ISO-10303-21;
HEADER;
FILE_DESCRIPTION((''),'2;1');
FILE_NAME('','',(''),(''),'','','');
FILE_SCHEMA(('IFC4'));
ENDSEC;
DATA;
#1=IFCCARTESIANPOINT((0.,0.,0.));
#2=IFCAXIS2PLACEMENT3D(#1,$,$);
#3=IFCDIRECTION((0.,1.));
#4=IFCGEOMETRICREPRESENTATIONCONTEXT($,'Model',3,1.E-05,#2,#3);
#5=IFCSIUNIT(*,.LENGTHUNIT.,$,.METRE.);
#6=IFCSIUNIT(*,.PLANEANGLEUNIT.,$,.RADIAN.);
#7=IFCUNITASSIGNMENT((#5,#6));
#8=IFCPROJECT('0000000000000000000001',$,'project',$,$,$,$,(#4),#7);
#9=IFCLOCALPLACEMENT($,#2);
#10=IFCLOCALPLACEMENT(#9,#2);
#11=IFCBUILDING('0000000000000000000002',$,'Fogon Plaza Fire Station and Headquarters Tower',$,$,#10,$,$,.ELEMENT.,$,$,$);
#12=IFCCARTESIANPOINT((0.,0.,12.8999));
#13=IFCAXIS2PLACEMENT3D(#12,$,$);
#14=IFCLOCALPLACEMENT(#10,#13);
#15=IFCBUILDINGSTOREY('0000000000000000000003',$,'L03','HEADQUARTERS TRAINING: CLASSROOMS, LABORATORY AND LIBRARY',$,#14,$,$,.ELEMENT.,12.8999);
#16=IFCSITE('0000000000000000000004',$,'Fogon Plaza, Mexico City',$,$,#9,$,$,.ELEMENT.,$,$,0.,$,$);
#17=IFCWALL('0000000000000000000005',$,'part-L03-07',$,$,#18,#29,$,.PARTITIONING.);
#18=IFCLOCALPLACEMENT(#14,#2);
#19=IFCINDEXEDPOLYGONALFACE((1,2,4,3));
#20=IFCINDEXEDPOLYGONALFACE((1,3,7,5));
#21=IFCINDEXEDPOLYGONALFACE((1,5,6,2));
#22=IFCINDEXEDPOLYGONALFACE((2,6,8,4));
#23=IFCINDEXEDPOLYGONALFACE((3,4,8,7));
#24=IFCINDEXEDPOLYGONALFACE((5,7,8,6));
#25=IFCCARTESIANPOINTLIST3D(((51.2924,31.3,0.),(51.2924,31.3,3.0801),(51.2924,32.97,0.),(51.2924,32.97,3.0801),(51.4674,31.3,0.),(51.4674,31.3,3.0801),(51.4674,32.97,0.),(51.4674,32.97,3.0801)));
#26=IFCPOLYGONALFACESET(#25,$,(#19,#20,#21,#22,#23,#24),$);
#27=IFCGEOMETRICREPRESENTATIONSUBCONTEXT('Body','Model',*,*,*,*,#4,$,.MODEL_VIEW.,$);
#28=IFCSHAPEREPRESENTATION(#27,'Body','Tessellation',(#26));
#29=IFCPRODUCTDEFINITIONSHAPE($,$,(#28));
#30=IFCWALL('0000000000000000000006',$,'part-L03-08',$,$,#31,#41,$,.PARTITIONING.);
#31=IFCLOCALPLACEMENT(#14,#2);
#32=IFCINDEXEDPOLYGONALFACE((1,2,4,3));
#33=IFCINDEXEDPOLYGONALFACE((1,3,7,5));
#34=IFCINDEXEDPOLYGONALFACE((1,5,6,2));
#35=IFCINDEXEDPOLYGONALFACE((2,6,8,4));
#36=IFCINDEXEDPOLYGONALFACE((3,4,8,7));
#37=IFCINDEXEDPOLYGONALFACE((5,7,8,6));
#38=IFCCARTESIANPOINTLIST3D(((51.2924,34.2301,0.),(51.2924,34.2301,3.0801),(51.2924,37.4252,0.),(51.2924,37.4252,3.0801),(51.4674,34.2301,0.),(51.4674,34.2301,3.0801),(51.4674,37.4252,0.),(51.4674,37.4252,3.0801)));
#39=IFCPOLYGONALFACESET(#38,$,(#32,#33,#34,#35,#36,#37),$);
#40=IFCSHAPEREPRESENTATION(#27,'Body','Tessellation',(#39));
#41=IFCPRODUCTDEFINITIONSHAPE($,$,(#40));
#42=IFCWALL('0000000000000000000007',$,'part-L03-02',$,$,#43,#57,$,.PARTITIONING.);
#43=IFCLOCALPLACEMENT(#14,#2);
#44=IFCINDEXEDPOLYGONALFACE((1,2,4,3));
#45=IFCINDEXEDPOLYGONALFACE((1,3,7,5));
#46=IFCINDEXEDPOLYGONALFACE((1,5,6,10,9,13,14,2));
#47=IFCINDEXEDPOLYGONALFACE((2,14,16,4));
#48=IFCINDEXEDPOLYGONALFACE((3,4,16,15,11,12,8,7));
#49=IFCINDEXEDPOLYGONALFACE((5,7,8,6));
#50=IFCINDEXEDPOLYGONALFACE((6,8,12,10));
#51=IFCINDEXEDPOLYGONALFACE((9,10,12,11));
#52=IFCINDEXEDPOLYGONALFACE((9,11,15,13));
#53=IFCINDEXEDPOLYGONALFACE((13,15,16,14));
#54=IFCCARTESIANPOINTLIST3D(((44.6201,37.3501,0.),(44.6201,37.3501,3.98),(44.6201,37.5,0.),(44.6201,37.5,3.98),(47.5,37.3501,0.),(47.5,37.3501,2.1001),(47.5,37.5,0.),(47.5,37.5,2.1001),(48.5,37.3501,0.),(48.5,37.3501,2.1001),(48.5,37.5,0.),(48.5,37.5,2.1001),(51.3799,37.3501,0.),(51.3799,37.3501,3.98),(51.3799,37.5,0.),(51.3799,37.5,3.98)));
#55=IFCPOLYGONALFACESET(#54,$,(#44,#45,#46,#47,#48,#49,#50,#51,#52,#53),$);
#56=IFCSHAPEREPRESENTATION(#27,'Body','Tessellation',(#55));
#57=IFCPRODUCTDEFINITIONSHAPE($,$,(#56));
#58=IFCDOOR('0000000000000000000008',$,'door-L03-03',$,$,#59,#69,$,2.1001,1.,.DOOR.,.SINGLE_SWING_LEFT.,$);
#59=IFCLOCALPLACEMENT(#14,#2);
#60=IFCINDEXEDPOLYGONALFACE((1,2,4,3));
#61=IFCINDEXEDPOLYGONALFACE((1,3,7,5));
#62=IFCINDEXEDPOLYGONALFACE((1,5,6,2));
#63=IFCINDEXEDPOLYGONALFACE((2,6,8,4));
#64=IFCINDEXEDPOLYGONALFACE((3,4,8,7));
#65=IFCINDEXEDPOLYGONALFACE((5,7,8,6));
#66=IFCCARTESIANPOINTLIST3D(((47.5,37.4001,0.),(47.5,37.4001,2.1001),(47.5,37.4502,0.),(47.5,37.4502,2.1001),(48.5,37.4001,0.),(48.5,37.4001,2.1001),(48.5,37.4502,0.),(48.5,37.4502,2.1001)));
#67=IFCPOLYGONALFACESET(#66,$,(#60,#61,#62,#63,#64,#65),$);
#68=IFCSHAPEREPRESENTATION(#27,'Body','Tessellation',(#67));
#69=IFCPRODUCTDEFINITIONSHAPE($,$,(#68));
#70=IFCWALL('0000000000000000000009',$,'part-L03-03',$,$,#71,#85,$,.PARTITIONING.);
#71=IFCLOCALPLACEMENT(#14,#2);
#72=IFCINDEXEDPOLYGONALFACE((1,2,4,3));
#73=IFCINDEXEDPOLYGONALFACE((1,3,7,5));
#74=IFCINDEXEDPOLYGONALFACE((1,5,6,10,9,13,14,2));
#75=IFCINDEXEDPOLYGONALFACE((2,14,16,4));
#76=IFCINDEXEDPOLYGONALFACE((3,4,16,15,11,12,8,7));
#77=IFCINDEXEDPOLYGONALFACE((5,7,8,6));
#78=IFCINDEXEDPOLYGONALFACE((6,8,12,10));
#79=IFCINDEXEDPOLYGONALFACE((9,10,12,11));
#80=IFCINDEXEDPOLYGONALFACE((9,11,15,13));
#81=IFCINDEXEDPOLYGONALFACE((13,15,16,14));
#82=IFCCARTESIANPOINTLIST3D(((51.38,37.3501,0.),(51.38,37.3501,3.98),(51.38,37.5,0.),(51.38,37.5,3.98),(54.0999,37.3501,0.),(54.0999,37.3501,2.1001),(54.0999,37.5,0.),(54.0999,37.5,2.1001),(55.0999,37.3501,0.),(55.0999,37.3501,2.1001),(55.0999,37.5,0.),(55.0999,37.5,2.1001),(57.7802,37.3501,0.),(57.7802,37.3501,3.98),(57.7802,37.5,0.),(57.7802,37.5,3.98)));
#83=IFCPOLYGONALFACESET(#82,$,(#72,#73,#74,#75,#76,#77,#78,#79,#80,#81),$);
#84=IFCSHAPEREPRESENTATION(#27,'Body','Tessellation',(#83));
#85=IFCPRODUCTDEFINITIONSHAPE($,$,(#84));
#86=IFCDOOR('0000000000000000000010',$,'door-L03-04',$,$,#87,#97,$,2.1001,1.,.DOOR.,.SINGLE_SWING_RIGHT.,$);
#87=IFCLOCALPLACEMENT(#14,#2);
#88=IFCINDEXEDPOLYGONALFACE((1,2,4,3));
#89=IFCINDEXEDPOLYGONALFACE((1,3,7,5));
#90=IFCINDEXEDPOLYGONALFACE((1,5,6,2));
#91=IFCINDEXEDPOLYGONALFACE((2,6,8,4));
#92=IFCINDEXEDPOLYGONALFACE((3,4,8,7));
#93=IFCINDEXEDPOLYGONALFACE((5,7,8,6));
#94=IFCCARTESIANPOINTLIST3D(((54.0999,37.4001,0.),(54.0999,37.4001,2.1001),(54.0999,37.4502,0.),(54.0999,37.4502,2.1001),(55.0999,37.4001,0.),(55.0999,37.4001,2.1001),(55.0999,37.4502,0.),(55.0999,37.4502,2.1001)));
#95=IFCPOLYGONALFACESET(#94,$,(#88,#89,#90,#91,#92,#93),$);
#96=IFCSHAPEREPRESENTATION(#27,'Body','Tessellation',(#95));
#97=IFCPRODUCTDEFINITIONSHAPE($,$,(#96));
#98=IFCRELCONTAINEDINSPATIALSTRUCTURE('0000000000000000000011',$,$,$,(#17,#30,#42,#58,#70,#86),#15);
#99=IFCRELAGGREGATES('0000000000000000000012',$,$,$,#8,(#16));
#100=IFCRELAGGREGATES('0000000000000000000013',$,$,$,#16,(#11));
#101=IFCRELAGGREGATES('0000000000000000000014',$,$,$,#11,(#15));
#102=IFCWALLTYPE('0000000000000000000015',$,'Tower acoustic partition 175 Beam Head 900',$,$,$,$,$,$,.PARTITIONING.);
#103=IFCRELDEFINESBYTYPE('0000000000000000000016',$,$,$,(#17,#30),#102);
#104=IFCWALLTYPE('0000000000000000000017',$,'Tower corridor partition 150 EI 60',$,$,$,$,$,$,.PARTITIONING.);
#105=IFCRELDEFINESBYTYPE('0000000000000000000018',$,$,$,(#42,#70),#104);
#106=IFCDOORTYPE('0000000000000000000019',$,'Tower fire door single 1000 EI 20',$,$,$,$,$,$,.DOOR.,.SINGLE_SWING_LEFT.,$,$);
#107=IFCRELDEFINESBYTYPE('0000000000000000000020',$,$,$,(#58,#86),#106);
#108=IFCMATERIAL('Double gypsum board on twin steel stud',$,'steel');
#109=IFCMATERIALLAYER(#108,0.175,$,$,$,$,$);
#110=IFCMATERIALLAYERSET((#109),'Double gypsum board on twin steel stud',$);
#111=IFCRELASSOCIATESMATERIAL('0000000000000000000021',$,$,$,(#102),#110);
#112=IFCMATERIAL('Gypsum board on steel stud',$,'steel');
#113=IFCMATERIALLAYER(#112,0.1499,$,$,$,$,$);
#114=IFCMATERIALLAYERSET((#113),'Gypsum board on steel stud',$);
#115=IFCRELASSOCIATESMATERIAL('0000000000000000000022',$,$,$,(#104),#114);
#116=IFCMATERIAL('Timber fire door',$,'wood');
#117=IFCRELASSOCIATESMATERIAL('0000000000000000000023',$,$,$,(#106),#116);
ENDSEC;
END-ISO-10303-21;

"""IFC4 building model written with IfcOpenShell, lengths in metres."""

from ifc_helpers import new_model, si_unit, direction, frame, frame_2d, origin, place, context, subcontext, project, spatial, rectangle, extrude, material, layer, layer_set, type_object, element, fill, save


model = new_model("IFC4")

# Units and contexts
model_context = context("Model", 3, precision=1e-05, world=origin(), true_north=direction((0.0, 1.0)))
body_context = subcontext(model_context, "Body", "Model", "MODEL_VIEW")
ifc_project = project(units=[si_unit("LENGTHUNIT", "METRE"), si_unit("PLANEANGLEUNIT", "RADIAN")], contexts=[model_context])

# Site, building, storey
site_placement = place(None, origin())
site = spatial("IfcSite", under=ifc_project, at=site_placement, Name="Fogon Plaza, Mexico City", CompositionType="ELEMENT", RefElevation=0.0)
building_placement = place(site_placement, origin())
building = spatial("IfcBuilding", under=site, at=building_placement, Name="Fogon Plaza Fire Station and Headquarters Tower", CompositionType="ELEMENT")
storey_placement = place(building_placement, frame((0.0, 0.0, 12.8999)))
storey = spatial("IfcBuildingStorey", under=building, at=storey_placement, Name="L03", Description="HEADQUARTERS TRAINING: CLASSROOMS, LABORATORY AND LIBRARY", CompositionType="ELEMENT", Elevation=12.8999)

# Walls
ifc_material_1 = material(Name="Double gypsum board on twin steel stud", Category="steel")
ifc_layer_1 = layer(ifc_material_1, 0.175)
ifc_layer_set_1 = layer_set([ifc_layer_1], Name="Double gypsum board on twin steel stud")
wall_type_1 = type_object("IfcWallType", Name="Tower acoustic partition 175 Beam Head 900", PredefinedType="PARTITIONING", material=ifc_layer_set_1)
wall_1_placement = place(storey_placement, frame((51.3799, 31.3, 0.0), z_axis=(0.0, 0.0, 1.0), x_axis=(0.0, 1.0, 0.0)))
element("IfcWall", 1, at=wall_1_placement, inside=storey, type_object=wall_type_1, Name="part-L03-07", PredefinedType="PARTITIONING", context=body_context, shape_type="SweptSolid", body=[
    extrude(rectangle(XDim=1.6699, YDim=0.175, at=frame_2d((0.835, 0.0))), origin(), (0.0, 0.0, 1.0), 3.0801),
])
wall_2_placement = place(storey_placement, frame((51.3799, 34.23, 0.0), z_axis=(0.0, 0.0, 1.0), x_axis=(0.0, 1.0, 0.0)))
element("IfcWall", 2, at=wall_2_placement, inside=storey, type_object=wall_type_1, Name="part-L03-08", PredefinedType="PARTITIONING", context=body_context, shape_type="SweptSolid", body=[
    extrude(rectangle(XDim=3.1951, YDim=0.175, at=frame_2d((1.5977, 0.0))), origin(), (0.0, 0.0, 1.0), 3.0801),
])

# Walls, openings, doors
ifc_material_2 = material(Name="Gypsum board on steel stud", Category="steel")
ifc_layer_2 = layer(ifc_material_2, 0.1499)
ifc_layer_set_2 = layer_set([ifc_layer_2], Name="Gypsum board on steel stud")
wall_type_2 = type_object("IfcWallType", Name="Tower corridor partition 150 EI 60", PredefinedType="PARTITIONING", material=ifc_layer_set_2)
wall_3_placement = place(storey_placement, frame((44.6201, 37.425, 0.0), z_axis=(0.0, 0.0, 1.0), x_axis=(1.0, 0.0, 0.0)))
wall_3 = element("IfcWall", 3, at=wall_3_placement, inside=storey, type_object=wall_type_2, Name="part-L03-02", PredefinedType="PARTITIONING", context=body_context, shape_type="SweptSolid", body=[
    extrude(rectangle(XDim=6.7598, YDim=0.1499, at=frame_2d((3.3799, 0.0))), origin(), (0.0, 0.0, 1.0), 3.98),
])
opening_1_placement = place(wall_3_placement, frame((2.8799, 0.0, 0.0)))
opening_1 = element("IfcOpeningElement", 4, at=opening_1_placement, cuts=wall_3, PredefinedType="OPENING", context=body_context, shape_type="SweptSolid", body=[
    extrude(rectangle(XDim=1.0, YDim=2.1001, at=frame_2d((0.5, 1.05))), frame((0.0, 0.085, 0.0), z_axis=(0.0, -1.0, 0.0), x_axis=(1.0, 0.0, 0.0)), (0.0, 0.0, 1.0), 0.1699),
])
ifc_material_3 = material(Name="Timber fire door", Category="wood")
door_type = type_object("IfcDoorType", Name="Tower fire door single 1000 EI 20", OperationType="SINGLE_SWING_LEFT", PredefinedType="DOOR", material=ifc_material_3)
door_1_placement = place(opening_1_placement, frame((1.0, 0.0, 0.0), z_axis=(0.0, 0.0, 1.0), x_axis=(-1.0, 0.0, 0.0)))
door_1 = element("IfcDoor", 5, at=door_1_placement, inside=storey, type_object=door_type, Name="door-L03-03", OperationType="SINGLE_SWING_LEFT", OverallHeight=2.1001, OverallWidth=1.0, PredefinedType="DOOR", context=body_context, shape_type="SweptSolid", body=[
    extrude(rectangle(XDim=1.0, YDim=2.1001, at=frame_2d((0.5, 1.05))), frame((0.0, 0.0249, 0.0), z_axis=(0.0, -1.0, 0.0), x_axis=(1.0, 0.0, 0.0)), (0.0, 0.0, 1.0), 0.05),
])
fill(opening_1, door_1)
wall_4_placement = place(storey_placement, frame((51.3799, 37.425, 0.0), z_axis=(0.0, 0.0, 1.0), x_axis=(1.0, 0.0, 0.0)))
wall_4 = element("IfcWall", 6, at=wall_4_placement, inside=storey, type_object=wall_type_2, Name="part-L03-03", PredefinedType="PARTITIONING", context=body_context, shape_type="SweptSolid", body=[
    extrude(rectangle(XDim=6.4001, YDim=0.1499, at=frame_2d((3.2002, 0.0))), origin(), (0.0, 0.0, 1.0), 3.98),
])
opening_2_placement = place(wall_4_placement, frame((2.72, 0.0, 0.0)))
opening_2 = element("IfcOpeningElement", 7, at=opening_2_placement, cuts=wall_4, PredefinedType="OPENING", context=body_context, shape_type="SweptSolid", body=[
    extrude(rectangle(XDim=1.0, YDim=2.1001, at=frame_2d((0.5, 1.05))), frame((0.0, 0.085, 0.0), z_axis=(0.0, -1.0, 0.0), x_axis=(1.0, 0.0, 0.0)), (0.0, 0.0, 1.0), 0.1699),
])
door_2_placement = place(opening_2_placement, frame((1.0, 0.0, 0.0), z_axis=(0.0, 0.0, 1.0), x_axis=(-1.0, 0.0, 0.0)))
door_2 = element("IfcDoor", 8, at=door_2_placement, inside=storey, type_object=door_type, Name="door-L03-04", OperationType="SINGLE_SWING_RIGHT", OverallHeight=2.1001, OverallWidth=1.0, PredefinedType="DOOR", context=body_context, shape_type="SweptSolid", body=[
    extrude(rectangle(XDim=1.0, YDim=2.1001, at=frame_2d((0.5, 1.05))), frame((0.0, 0.0249, 0.0), z_axis=(0.0, -1.0, 0.0), x_axis=(1.0, 0.0, 0.0)), (0.0, 0.0, 1.0), 0.05),
])
fill(opening_2, door_2)

save(model, "model.ifc")
